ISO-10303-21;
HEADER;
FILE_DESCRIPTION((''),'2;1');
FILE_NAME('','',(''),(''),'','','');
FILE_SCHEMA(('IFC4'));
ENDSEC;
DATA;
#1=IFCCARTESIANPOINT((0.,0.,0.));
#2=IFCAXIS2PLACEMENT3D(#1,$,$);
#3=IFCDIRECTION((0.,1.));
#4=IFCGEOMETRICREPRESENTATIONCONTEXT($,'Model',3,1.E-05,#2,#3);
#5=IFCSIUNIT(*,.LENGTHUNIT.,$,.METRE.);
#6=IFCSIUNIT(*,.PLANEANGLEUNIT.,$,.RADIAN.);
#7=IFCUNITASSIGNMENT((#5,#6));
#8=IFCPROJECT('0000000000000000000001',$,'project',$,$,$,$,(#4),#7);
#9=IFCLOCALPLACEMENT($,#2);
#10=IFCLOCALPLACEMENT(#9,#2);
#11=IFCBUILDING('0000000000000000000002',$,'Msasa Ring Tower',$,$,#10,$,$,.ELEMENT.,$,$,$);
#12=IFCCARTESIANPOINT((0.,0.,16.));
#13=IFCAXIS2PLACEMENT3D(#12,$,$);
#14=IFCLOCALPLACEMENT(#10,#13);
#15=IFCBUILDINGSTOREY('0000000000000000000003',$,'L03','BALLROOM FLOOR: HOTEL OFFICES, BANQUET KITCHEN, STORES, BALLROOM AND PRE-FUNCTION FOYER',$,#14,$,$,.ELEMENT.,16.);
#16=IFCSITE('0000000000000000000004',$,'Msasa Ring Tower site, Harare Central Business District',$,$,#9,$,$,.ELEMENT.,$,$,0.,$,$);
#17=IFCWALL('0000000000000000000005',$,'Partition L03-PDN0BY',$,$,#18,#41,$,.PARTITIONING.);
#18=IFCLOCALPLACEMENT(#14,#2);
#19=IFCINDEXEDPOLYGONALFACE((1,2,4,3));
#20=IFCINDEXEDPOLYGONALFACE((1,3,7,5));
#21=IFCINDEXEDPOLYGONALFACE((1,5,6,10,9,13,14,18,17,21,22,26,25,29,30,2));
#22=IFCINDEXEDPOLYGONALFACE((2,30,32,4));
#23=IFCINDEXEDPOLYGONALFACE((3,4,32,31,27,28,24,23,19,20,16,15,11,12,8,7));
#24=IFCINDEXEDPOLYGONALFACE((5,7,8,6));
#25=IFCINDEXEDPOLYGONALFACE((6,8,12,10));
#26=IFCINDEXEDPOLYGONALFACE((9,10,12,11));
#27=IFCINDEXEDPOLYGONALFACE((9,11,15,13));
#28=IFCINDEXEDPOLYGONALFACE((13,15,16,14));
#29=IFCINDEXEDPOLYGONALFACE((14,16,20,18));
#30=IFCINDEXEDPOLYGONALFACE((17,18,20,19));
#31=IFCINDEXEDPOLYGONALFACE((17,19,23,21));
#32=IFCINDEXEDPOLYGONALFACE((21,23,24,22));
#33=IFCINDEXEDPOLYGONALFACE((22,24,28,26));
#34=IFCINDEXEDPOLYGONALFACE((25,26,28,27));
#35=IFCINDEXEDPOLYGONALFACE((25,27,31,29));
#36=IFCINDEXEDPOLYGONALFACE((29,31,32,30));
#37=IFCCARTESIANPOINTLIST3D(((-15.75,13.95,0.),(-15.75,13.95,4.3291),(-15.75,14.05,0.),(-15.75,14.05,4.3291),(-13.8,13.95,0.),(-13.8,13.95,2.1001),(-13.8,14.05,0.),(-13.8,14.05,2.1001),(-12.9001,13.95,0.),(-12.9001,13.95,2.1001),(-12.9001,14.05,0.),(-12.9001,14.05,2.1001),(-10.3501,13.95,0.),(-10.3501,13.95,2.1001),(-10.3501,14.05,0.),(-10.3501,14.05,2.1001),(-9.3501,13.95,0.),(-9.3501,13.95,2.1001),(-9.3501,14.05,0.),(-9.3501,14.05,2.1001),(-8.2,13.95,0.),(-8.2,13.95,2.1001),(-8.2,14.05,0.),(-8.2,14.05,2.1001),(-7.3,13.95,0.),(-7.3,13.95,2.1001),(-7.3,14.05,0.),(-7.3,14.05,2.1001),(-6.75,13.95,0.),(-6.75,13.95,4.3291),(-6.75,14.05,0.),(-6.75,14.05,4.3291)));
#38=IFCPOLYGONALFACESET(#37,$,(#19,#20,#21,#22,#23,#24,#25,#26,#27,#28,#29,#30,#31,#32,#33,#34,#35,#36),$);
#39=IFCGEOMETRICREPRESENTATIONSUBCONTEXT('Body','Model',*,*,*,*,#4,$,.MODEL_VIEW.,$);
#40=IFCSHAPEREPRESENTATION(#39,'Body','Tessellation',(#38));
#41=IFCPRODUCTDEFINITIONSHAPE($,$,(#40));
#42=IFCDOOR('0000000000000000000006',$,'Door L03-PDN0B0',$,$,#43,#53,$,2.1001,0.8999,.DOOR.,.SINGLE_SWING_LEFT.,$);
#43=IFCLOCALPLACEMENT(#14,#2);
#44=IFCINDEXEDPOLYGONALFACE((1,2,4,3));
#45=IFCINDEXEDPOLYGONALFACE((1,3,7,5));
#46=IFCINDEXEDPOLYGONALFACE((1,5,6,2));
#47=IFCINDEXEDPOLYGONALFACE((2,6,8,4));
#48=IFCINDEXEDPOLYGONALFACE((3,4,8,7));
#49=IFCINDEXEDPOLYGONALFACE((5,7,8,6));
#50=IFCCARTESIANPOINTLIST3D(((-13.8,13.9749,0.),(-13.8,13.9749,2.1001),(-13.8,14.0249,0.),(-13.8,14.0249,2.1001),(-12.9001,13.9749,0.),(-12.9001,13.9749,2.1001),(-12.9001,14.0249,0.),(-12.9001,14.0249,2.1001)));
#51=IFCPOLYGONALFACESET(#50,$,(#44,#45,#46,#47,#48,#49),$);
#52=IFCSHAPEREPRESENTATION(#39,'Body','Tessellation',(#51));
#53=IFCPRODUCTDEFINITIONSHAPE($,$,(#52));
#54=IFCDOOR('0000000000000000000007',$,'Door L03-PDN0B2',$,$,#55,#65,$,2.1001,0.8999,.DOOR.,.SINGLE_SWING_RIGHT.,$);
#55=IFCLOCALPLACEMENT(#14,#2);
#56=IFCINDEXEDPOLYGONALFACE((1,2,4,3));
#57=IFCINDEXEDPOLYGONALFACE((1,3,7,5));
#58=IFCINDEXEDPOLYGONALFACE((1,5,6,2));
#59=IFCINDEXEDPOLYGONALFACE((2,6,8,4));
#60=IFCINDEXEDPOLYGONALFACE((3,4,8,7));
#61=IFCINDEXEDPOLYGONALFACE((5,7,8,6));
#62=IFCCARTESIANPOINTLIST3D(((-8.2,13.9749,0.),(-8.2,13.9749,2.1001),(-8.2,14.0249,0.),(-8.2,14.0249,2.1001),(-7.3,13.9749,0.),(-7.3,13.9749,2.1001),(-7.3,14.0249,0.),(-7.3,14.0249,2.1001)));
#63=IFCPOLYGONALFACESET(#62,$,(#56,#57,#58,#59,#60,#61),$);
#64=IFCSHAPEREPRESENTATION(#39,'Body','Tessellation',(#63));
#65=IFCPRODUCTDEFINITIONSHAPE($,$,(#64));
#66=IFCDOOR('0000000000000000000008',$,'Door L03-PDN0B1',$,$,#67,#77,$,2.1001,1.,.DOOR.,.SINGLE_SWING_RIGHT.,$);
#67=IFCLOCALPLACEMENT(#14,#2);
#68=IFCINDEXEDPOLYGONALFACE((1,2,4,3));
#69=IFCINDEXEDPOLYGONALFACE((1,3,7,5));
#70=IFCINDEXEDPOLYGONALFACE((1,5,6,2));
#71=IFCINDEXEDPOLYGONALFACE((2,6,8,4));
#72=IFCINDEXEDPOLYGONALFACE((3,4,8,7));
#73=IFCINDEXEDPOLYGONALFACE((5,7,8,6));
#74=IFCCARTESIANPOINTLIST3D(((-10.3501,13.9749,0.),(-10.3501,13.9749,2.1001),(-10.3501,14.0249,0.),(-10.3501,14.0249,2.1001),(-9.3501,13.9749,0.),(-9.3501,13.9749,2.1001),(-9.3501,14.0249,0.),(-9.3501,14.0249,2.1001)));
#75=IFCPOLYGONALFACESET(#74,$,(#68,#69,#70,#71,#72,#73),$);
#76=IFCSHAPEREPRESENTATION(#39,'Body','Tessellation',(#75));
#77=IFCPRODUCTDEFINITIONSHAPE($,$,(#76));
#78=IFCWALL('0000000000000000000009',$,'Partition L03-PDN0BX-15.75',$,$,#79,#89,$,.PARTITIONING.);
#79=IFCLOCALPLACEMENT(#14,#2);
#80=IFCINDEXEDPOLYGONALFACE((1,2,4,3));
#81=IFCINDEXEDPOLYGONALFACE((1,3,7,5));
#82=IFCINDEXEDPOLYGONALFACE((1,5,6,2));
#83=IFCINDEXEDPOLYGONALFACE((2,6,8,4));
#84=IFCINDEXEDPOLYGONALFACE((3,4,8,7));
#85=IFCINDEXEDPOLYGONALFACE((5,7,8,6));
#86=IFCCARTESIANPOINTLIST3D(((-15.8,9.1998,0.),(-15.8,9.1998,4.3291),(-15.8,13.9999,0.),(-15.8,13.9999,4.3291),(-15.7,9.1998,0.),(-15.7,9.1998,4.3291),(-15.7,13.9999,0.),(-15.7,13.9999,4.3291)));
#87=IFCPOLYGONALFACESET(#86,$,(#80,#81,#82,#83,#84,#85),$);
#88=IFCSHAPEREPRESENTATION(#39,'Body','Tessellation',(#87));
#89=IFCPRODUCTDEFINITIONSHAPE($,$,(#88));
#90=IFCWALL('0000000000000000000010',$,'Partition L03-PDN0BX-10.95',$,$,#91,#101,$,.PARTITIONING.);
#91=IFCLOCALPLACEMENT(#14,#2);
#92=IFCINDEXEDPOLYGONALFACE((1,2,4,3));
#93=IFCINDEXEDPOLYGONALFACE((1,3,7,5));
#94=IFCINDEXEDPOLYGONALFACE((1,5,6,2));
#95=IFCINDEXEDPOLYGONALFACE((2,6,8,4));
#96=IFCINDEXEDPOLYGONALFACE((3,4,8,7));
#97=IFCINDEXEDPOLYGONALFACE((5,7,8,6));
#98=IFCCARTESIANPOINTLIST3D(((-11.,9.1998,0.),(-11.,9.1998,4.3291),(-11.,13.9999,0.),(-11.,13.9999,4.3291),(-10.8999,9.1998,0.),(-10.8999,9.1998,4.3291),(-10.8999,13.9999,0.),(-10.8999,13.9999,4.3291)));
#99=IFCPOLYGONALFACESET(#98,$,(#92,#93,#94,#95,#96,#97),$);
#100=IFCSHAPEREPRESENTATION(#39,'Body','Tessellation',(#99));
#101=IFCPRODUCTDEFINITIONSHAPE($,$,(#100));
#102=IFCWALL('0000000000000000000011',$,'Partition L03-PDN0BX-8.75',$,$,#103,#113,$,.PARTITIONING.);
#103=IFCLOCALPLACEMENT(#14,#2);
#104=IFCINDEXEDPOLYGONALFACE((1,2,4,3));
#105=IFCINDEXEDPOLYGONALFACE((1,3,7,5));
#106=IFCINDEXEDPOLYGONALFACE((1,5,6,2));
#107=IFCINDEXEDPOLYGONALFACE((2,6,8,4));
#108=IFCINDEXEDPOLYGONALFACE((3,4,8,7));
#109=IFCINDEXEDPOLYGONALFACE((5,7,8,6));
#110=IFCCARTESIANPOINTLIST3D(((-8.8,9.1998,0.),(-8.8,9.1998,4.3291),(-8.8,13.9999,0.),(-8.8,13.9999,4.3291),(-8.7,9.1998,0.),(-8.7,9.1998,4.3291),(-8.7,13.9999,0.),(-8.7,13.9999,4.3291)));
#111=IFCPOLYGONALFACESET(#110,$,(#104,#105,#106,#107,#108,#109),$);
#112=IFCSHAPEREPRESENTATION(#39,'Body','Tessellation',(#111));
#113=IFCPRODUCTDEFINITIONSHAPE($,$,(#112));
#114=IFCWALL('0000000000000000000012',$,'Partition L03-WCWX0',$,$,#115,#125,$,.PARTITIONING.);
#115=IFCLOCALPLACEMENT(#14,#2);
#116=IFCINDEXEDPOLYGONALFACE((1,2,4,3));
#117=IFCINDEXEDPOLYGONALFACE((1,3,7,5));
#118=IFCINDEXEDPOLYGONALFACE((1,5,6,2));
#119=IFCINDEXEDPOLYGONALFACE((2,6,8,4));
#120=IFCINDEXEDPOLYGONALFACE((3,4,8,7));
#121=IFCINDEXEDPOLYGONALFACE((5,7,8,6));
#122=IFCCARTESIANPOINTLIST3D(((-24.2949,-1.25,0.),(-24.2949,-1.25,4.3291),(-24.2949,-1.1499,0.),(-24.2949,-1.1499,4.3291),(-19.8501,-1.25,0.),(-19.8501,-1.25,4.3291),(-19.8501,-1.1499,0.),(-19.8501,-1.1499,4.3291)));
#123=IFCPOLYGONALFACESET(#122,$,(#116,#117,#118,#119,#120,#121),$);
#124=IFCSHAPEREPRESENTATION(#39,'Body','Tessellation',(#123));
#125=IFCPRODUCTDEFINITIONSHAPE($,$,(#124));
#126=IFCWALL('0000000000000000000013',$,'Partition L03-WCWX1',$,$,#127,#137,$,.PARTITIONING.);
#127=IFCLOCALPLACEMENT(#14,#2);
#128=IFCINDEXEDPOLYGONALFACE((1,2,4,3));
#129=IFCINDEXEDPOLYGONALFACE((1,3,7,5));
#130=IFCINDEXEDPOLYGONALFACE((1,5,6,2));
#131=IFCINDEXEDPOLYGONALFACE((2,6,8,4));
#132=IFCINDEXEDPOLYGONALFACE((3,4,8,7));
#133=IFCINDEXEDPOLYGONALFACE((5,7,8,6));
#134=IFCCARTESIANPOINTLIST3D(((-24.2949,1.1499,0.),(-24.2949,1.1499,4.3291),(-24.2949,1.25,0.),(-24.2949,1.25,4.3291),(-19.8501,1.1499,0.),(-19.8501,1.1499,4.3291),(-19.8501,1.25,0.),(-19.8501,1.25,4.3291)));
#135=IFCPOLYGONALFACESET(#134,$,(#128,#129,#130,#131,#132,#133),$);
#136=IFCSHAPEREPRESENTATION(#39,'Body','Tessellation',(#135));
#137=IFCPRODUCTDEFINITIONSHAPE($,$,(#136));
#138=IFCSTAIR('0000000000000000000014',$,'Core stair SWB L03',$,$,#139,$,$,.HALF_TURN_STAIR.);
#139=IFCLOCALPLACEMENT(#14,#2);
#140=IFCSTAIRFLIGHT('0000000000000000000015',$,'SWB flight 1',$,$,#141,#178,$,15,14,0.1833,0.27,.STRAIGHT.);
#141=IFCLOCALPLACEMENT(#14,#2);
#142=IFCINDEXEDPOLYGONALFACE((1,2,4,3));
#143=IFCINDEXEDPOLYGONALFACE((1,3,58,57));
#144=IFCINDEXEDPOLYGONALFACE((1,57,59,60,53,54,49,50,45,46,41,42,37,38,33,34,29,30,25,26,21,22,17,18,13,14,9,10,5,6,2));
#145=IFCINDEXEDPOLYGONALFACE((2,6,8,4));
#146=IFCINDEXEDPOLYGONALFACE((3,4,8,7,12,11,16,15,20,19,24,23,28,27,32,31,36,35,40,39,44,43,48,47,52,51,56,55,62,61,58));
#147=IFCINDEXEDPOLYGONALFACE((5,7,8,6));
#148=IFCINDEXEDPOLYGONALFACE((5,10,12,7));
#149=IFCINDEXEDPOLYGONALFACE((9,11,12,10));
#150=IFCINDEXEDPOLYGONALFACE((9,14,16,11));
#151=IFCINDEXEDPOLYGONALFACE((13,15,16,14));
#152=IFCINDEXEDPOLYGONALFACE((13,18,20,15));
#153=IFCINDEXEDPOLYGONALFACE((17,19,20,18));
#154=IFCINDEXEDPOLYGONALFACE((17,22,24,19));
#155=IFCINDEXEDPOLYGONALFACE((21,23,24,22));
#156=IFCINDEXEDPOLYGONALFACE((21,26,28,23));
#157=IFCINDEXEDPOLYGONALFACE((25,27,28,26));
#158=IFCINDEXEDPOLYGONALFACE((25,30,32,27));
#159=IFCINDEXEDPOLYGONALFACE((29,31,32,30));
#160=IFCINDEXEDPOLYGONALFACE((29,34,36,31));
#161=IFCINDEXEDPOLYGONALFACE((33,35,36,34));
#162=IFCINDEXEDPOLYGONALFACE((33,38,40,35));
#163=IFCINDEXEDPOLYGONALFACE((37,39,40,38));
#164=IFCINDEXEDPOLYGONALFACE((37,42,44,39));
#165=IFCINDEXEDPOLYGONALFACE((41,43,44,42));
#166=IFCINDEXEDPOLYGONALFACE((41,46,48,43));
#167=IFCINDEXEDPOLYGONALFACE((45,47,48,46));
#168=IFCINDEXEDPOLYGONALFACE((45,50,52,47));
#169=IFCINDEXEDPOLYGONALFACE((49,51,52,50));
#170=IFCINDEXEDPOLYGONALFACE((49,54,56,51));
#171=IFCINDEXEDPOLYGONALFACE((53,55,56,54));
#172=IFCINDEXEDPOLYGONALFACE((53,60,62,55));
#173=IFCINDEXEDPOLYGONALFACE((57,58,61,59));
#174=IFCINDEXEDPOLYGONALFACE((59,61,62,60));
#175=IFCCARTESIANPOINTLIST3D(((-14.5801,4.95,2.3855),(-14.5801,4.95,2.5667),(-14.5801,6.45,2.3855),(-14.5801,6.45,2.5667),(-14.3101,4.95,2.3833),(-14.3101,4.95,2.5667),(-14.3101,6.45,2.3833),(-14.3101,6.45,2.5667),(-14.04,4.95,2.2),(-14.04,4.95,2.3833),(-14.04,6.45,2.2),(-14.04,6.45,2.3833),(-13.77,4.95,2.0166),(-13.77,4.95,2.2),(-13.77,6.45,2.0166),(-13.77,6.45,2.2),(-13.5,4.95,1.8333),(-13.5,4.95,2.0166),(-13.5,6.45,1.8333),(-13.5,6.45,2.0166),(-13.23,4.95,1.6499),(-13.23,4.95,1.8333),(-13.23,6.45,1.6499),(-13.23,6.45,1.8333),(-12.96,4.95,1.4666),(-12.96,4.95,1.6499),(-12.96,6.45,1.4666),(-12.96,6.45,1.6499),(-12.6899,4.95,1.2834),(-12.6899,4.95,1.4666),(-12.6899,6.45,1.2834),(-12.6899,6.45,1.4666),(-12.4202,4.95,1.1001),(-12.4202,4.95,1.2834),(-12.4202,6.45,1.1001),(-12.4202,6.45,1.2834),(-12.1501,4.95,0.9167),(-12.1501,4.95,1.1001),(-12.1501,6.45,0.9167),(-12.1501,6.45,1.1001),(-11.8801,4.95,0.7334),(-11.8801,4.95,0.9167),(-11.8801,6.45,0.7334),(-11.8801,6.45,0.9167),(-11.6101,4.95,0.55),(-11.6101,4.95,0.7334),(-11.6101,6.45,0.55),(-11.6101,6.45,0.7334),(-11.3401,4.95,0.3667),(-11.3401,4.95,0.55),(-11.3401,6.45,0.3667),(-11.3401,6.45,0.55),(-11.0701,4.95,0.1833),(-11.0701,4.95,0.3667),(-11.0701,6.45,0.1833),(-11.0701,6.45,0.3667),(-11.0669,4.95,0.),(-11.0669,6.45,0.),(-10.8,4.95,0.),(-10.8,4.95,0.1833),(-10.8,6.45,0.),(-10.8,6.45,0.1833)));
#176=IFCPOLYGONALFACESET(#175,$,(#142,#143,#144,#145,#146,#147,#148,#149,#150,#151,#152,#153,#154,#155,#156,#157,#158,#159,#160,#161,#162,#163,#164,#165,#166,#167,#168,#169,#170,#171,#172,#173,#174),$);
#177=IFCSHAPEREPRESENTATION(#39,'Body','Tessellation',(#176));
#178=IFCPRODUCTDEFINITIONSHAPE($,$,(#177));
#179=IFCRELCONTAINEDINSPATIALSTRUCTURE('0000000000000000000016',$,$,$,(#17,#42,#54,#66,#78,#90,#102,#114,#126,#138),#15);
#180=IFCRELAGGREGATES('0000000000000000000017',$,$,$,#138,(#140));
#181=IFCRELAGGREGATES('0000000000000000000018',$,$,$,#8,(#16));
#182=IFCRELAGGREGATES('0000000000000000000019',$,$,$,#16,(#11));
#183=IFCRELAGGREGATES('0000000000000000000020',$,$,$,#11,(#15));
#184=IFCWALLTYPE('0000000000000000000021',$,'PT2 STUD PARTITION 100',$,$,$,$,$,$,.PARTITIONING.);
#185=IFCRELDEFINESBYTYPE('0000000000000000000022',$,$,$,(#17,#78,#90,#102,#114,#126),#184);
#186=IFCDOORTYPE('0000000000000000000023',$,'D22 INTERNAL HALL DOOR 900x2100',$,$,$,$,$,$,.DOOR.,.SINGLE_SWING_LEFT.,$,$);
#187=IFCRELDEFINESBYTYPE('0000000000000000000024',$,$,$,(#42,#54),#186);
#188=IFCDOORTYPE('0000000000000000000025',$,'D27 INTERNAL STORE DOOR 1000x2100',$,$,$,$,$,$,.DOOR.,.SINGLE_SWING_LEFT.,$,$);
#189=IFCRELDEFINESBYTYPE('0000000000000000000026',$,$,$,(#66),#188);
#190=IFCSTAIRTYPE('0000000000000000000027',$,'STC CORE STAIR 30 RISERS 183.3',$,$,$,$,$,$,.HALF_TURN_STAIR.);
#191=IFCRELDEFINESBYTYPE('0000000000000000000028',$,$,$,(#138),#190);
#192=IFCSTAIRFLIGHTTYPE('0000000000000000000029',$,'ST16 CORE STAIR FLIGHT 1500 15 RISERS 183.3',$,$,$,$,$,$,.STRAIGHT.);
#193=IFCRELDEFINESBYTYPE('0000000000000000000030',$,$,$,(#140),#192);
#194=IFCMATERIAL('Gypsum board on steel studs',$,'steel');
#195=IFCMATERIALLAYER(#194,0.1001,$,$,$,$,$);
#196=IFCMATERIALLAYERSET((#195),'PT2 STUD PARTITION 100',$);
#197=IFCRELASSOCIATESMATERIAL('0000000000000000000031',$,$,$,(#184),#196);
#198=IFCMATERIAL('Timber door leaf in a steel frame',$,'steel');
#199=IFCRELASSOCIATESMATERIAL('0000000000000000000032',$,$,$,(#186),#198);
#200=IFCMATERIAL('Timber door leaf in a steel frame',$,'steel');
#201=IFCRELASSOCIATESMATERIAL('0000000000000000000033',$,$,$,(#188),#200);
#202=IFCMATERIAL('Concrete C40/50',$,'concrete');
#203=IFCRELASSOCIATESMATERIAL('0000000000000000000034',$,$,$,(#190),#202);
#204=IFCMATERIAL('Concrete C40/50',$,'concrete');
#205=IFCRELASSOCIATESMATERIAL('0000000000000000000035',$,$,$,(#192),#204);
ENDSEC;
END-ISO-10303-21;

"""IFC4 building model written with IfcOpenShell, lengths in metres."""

from ifc_helpers import new_model, si_unit, direction, frame, frame_2d, origin, place, context, subcontext, project, spatial, polyline, rectangle, outline, extrude, material, layer, layer_set, type_object, element, fill, aggregate, save


model = new_model("IFC4")

# Units and contexts
model_context = context("Model", 3, precision=1e-05, world=origin(), true_north=direction((0.0, 1.0)))
body_context = subcontext(model_context, "Body", "Model", "MODEL_VIEW")
ifc_project = project(units=[si_unit("LENGTHUNIT", "METRE"), si_unit("PLANEANGLEUNIT", "RADIAN")], contexts=[model_context])

# Site, building, storey
site_placement = place(None, origin())
site = spatial("IfcSite", under=ifc_project, at=site_placement, Name="Msasa Ring Tower site, Harare Central Business District", CompositionType="ELEMENT", RefElevation=0.0)
building_placement = place(site_placement, origin())
building = spatial("IfcBuilding", under=site, at=building_placement, Name="Msasa Ring Tower", CompositionType="ELEMENT")
storey_placement = place(building_placement, frame((0.0, 0.0, 16.0)))
storey = spatial("IfcBuildingStorey", under=building, at=storey_placement, Name="L03", Description="BALLROOM FLOOR: HOTEL OFFICES, BANQUET KITCHEN, STORES, BALLROOM AND PRE-FUNCTION FOYER", CompositionType="ELEMENT", Elevation=16.0)

# Wall, openings, doors
ifc_material_1 = material(Name="Gypsum board on steel studs", Category="steel")
ifc_layer_1 = layer(ifc_material_1, 0.1001)
ifc_layer_set_1 = layer_set([ifc_layer_1], Name="PT2 STUD PARTITION 100")
wall_type_1 = type_object("IfcWallType", Name="PT2 STUD PARTITION 100", PredefinedType="PARTITIONING", material=ifc_layer_set_1)
wall_1_placement = place(storey_placement, frame((-15.75, 14.0, 0.0), z_axis=(0.0, 0.0, 1.0), x_axis=(1.0, 0.0, 0.0)))
wall_1 = element("IfcWall", 1, at=wall_1_placement, inside=storey, type_object=wall_type_1, Name="Partition L03-PDN0BY", PredefinedType="PARTITIONING", context=body_context, shape_type="SweptSolid", body=[
    extrude(rectangle(XDim=9.0, YDim=0.1001, at=frame_2d((4.5, 0.0))), origin(), (0.0, 0.0, 1.0), 4.3291),
])
opening_1_placement = place(wall_1_placement, frame((1.95, 0.0, 0.0)))
opening_1 = element("IfcOpeningElement", 2, at=opening_1_placement, cuts=wall_1, PredefinedType="OPENING", context=body_context, shape_type="SweptSolid", body=[
    extrude(rectangle(XDim=0.8999, YDim=2.1001, at=frame_2d((0.45, 1.05))), frame((0.0, 0.0601, 0.0), z_axis=(0.0, -1.0, 0.0), x_axis=(1.0, 0.0, 0.0)), (0.0, 0.0, 1.0), 0.1201),
])
opening_2_placement = place(wall_1_placement, frame((5.3999, 0.0, 0.0)))
opening_2 = element("IfcOpeningElement", 3, at=opening_2_placement, cuts=wall_1, PredefinedType="OPENING", context=body_context, shape_type="SweptSolid", body=[
    extrude(rectangle(XDim=1.0, YDim=2.1001, at=frame_2d((0.5, 1.05))), frame((0.0, 0.0601, 0.0), z_axis=(0.0, -1.0, 0.0), x_axis=(1.0, 0.0, 0.0)), (0.0, 0.0, 1.0), 0.1201),
])
opening_3_placement = place(wall_1_placement, frame((7.55, 0.0, 0.0)))
opening_3 = element("IfcOpeningElement", 4, at=opening_3_placement, cuts=wall_1, PredefinedType="OPENING", context=body_context, shape_type="SweptSolid", body=[
    extrude(rectangle(XDim=0.8999, YDim=2.1001, at=frame_2d((0.45, 1.05))), frame((0.0, 0.0601, 0.0), z_axis=(0.0, -1.0, 0.0), x_axis=(1.0, 0.0, 0.0)), (0.0, 0.0, 1.0), 0.1201),
])
ifc_material_2 = material(Name="Timber door leaf in a steel frame", Category="steel")
door_type_1 = type_object("IfcDoorType", Name="D22 INTERNAL HALL DOOR 900x2100", OperationType="SINGLE_SWING_LEFT", PredefinedType="DOOR", material=ifc_material_2)
door_1_placement = place(opening_1_placement, origin())
door_1 = element("IfcDoor", 5, at=door_1_placement, inside=storey, type_object=door_type_1, Name="Door L03-PDN0B0", OperationType="SINGLE_SWING_LEFT", OverallHeight=2.1001, OverallWidth=0.8999, PredefinedType="DOOR", context=body_context, shape_type="SweptSolid", body=[
    extrude(rectangle(XDim=0.8999, YDim=2.1001, at=frame_2d((0.45, 1.05))), frame((0.0, 0.0249, 0.0), z_axis=(0.0, -1.0, 0.0), x_axis=(1.0, 0.0, 0.0)), (0.0, 0.0, 1.0), 0.05),
])
fill(opening_1, door_1)
door_2_placement = place(opening_3_placement, origin())
door_2 = element("IfcDoor", 6, at=door_2_placement, inside=storey, type_object=door_type_1, Name="Door L03-PDN0B2", OperationType="SINGLE_SWING_RIGHT", OverallHeight=2.1001, OverallWidth=0.8999, PredefinedType="DOOR", context=body_context, shape_type="SweptSolid", body=[
    extrude(rectangle(XDim=0.8999, YDim=2.1001, at=frame_2d((0.45, 1.05))), frame((0.0, 0.0249, 0.0), z_axis=(0.0, -1.0, 0.0), x_axis=(1.0, 0.0, 0.0)), (0.0, 0.0, 1.0), 0.05),
])
fill(opening_3, door_2)
ifc_material_3 = material(Name="Timber door leaf in a steel frame", Category="steel")
door_type_2 = type_object("IfcDoorType", Name="D27 INTERNAL STORE DOOR 1000x2100", OperationType="SINGLE_SWING_LEFT", PredefinedType="DOOR", material=ifc_material_3)
door_3_placement = place(opening_2_placement, origin())
door_3 = element("IfcDoor", 7, at=door_3_placement, inside=storey, type_object=door_type_2, Name="Door L03-PDN0B1", OperationType="SINGLE_SWING_RIGHT", OverallHeight=2.1001, OverallWidth=1.0, PredefinedType="DOOR", context=body_context, shape_type="SweptSolid", body=[
    extrude(rectangle(XDim=1.0, YDim=2.1001, at=frame_2d((0.5, 1.05))), frame((0.0, 0.0249, 0.0), z_axis=(0.0, -1.0, 0.0), x_axis=(1.0, 0.0, 0.0)), (0.0, 0.0, 1.0), 0.05),
])
fill(opening_2, door_3)

# Walls
for number, where, z_axis, x_axis, name in (
    (8, (-15.75, 9.2, 0.0), (0.0, 0.0, 1.0), (0.0, 1.0, 0.0), "Partition L03-PDN0BX-15.75"),
    (9, (-10.95, 9.2, 0.0), (0.0, 0.0, 1.0), (0.0, 1.0, 0.0), "Partition L03-PDN0BX-10.95"),
    (10, (-8.75, 9.2, 0.0), (0.0, 0.0, 1.0), (0.0, 1.0, 0.0), "Partition L03-PDN0BX-8.75"),
):
    element("IfcWall", number, at=place(storey_placement, frame(where, z_axis=z_axis, x_axis=x_axis)), inside=storey, type_object=wall_type_1, Name=name, PredefinedType="PARTITIONING", context=body_context, shape_type="SweptSolid", body=[
        extrude(rectangle(XDim=4.8, YDim=0.1001, at=frame_2d((2.3999, 0.0))), origin(), (0.0, 0.0, 1.0), 4.3291),
    ])
for number, where, z_axis, x_axis, name in (
    (11, (-24.2949, -1.2, 0.0), (0.0, 0.0, 1.0), (1.0, 0.0, 0.0), "Partition L03-WCWX0"),
    (12, (-24.2949, 1.2, 0.0), (0.0, 0.0, 1.0), (1.0, 0.0, 0.0), "Partition L03-WCWX1"),
):
    element("IfcWall", number, at=place(storey_placement, frame(where, z_axis=z_axis, x_axis=x_axis)), inside=storey, type_object=wall_type_1, Name=name, PredefinedType="PARTITIONING", context=body_context, shape_type="SweptSolid", body=[
        extrude(rectangle(XDim=4.4448, YDim=0.1001, at=frame_2d((2.2224, 0.0))), origin(), (0.0, 0.0, 1.0), 4.3291),
    ])

# Stair, stair flight
ifc_material_4 = material(Name="Concrete C40/50", Category="concrete")
stair_type = type_object("IfcStairType", Name="STC CORE STAIR 30 RISERS 183.3", PredefinedType="HALF_TURN_STAIR", material=ifc_material_4)
stair_placement = place(storey_placement, origin())
stair = element("IfcStair", 13, at=stair_placement, inside=storey, type_object=stair_type, Name="Core stair SWB L03", PredefinedType="HALF_TURN_STAIR")
ifc_material_5 = material(Name="Concrete C40/50", Category="concrete")
stair_flight_type = type_object("IfcStairFlightType", Name="ST16 CORE STAIR FLIGHT 1500 15 RISERS 183.3", PredefinedType="STRAIGHT", material=ifc_material_5)
stair_flight_1_placement = place(storey_placement, frame((-10.8, 5.7, 0.0), z_axis=(0.0, 0.0, 1.0), x_axis=(-1.0, 0.0, 0.0)))
stair_flight_1 = element("IfcStairFlight", 14, at=stair_flight_1_placement, type_object=stair_flight_type, Name="SWB flight 1", NumberOfRisers=15, NumberOfTreads=14, PredefinedType="STRAIGHT", RiserHeight=0.1833, TreadLength=0.27, context=body_context, shape_type="SweptSolid", body=[
    extrude(outline(polyline([(0.0, 0.0), (0.0, 0.1833), (0.27, 0.1833), (0.27, 0.3667), (0.54, 0.3667), (0.54, 0.55), (0.8101, 0.55), (0.8101, 0.7334), (1.0801, 0.7334), (1.0801, 0.9167), (1.3501, 0.9167), (1.3501, 1.1001), (1.6201, 1.1001), (1.6201, 1.2834), (1.8899, 1.2834), (1.8899, 1.4666), (2.1599, 1.4666), (2.1599, 1.6499), (2.4299, 1.6499), (2.4299, 1.8333), (2.7, 1.8333), (2.7, 2.0166), (2.97, 2.0166), (2.97, 2.2), (3.24, 2.2), (3.24, 2.3833), (3.51, 2.3833), (3.51, 2.5667), (3.78, 2.5667), (3.78, 2.75), (3.78, 2.3855), (0.2668, 0.0), (0.0, 0.0)])), frame((0.0, 0.75, 0.0), z_axis=(0.0, -1.0, 0.0), x_axis=(1.0, 0.0, 0.0)), (0.0, 0.0, 1.0), 1.5),
])
aggregate(stair, [stair_flight_1])

save(model, "model.ifc")
